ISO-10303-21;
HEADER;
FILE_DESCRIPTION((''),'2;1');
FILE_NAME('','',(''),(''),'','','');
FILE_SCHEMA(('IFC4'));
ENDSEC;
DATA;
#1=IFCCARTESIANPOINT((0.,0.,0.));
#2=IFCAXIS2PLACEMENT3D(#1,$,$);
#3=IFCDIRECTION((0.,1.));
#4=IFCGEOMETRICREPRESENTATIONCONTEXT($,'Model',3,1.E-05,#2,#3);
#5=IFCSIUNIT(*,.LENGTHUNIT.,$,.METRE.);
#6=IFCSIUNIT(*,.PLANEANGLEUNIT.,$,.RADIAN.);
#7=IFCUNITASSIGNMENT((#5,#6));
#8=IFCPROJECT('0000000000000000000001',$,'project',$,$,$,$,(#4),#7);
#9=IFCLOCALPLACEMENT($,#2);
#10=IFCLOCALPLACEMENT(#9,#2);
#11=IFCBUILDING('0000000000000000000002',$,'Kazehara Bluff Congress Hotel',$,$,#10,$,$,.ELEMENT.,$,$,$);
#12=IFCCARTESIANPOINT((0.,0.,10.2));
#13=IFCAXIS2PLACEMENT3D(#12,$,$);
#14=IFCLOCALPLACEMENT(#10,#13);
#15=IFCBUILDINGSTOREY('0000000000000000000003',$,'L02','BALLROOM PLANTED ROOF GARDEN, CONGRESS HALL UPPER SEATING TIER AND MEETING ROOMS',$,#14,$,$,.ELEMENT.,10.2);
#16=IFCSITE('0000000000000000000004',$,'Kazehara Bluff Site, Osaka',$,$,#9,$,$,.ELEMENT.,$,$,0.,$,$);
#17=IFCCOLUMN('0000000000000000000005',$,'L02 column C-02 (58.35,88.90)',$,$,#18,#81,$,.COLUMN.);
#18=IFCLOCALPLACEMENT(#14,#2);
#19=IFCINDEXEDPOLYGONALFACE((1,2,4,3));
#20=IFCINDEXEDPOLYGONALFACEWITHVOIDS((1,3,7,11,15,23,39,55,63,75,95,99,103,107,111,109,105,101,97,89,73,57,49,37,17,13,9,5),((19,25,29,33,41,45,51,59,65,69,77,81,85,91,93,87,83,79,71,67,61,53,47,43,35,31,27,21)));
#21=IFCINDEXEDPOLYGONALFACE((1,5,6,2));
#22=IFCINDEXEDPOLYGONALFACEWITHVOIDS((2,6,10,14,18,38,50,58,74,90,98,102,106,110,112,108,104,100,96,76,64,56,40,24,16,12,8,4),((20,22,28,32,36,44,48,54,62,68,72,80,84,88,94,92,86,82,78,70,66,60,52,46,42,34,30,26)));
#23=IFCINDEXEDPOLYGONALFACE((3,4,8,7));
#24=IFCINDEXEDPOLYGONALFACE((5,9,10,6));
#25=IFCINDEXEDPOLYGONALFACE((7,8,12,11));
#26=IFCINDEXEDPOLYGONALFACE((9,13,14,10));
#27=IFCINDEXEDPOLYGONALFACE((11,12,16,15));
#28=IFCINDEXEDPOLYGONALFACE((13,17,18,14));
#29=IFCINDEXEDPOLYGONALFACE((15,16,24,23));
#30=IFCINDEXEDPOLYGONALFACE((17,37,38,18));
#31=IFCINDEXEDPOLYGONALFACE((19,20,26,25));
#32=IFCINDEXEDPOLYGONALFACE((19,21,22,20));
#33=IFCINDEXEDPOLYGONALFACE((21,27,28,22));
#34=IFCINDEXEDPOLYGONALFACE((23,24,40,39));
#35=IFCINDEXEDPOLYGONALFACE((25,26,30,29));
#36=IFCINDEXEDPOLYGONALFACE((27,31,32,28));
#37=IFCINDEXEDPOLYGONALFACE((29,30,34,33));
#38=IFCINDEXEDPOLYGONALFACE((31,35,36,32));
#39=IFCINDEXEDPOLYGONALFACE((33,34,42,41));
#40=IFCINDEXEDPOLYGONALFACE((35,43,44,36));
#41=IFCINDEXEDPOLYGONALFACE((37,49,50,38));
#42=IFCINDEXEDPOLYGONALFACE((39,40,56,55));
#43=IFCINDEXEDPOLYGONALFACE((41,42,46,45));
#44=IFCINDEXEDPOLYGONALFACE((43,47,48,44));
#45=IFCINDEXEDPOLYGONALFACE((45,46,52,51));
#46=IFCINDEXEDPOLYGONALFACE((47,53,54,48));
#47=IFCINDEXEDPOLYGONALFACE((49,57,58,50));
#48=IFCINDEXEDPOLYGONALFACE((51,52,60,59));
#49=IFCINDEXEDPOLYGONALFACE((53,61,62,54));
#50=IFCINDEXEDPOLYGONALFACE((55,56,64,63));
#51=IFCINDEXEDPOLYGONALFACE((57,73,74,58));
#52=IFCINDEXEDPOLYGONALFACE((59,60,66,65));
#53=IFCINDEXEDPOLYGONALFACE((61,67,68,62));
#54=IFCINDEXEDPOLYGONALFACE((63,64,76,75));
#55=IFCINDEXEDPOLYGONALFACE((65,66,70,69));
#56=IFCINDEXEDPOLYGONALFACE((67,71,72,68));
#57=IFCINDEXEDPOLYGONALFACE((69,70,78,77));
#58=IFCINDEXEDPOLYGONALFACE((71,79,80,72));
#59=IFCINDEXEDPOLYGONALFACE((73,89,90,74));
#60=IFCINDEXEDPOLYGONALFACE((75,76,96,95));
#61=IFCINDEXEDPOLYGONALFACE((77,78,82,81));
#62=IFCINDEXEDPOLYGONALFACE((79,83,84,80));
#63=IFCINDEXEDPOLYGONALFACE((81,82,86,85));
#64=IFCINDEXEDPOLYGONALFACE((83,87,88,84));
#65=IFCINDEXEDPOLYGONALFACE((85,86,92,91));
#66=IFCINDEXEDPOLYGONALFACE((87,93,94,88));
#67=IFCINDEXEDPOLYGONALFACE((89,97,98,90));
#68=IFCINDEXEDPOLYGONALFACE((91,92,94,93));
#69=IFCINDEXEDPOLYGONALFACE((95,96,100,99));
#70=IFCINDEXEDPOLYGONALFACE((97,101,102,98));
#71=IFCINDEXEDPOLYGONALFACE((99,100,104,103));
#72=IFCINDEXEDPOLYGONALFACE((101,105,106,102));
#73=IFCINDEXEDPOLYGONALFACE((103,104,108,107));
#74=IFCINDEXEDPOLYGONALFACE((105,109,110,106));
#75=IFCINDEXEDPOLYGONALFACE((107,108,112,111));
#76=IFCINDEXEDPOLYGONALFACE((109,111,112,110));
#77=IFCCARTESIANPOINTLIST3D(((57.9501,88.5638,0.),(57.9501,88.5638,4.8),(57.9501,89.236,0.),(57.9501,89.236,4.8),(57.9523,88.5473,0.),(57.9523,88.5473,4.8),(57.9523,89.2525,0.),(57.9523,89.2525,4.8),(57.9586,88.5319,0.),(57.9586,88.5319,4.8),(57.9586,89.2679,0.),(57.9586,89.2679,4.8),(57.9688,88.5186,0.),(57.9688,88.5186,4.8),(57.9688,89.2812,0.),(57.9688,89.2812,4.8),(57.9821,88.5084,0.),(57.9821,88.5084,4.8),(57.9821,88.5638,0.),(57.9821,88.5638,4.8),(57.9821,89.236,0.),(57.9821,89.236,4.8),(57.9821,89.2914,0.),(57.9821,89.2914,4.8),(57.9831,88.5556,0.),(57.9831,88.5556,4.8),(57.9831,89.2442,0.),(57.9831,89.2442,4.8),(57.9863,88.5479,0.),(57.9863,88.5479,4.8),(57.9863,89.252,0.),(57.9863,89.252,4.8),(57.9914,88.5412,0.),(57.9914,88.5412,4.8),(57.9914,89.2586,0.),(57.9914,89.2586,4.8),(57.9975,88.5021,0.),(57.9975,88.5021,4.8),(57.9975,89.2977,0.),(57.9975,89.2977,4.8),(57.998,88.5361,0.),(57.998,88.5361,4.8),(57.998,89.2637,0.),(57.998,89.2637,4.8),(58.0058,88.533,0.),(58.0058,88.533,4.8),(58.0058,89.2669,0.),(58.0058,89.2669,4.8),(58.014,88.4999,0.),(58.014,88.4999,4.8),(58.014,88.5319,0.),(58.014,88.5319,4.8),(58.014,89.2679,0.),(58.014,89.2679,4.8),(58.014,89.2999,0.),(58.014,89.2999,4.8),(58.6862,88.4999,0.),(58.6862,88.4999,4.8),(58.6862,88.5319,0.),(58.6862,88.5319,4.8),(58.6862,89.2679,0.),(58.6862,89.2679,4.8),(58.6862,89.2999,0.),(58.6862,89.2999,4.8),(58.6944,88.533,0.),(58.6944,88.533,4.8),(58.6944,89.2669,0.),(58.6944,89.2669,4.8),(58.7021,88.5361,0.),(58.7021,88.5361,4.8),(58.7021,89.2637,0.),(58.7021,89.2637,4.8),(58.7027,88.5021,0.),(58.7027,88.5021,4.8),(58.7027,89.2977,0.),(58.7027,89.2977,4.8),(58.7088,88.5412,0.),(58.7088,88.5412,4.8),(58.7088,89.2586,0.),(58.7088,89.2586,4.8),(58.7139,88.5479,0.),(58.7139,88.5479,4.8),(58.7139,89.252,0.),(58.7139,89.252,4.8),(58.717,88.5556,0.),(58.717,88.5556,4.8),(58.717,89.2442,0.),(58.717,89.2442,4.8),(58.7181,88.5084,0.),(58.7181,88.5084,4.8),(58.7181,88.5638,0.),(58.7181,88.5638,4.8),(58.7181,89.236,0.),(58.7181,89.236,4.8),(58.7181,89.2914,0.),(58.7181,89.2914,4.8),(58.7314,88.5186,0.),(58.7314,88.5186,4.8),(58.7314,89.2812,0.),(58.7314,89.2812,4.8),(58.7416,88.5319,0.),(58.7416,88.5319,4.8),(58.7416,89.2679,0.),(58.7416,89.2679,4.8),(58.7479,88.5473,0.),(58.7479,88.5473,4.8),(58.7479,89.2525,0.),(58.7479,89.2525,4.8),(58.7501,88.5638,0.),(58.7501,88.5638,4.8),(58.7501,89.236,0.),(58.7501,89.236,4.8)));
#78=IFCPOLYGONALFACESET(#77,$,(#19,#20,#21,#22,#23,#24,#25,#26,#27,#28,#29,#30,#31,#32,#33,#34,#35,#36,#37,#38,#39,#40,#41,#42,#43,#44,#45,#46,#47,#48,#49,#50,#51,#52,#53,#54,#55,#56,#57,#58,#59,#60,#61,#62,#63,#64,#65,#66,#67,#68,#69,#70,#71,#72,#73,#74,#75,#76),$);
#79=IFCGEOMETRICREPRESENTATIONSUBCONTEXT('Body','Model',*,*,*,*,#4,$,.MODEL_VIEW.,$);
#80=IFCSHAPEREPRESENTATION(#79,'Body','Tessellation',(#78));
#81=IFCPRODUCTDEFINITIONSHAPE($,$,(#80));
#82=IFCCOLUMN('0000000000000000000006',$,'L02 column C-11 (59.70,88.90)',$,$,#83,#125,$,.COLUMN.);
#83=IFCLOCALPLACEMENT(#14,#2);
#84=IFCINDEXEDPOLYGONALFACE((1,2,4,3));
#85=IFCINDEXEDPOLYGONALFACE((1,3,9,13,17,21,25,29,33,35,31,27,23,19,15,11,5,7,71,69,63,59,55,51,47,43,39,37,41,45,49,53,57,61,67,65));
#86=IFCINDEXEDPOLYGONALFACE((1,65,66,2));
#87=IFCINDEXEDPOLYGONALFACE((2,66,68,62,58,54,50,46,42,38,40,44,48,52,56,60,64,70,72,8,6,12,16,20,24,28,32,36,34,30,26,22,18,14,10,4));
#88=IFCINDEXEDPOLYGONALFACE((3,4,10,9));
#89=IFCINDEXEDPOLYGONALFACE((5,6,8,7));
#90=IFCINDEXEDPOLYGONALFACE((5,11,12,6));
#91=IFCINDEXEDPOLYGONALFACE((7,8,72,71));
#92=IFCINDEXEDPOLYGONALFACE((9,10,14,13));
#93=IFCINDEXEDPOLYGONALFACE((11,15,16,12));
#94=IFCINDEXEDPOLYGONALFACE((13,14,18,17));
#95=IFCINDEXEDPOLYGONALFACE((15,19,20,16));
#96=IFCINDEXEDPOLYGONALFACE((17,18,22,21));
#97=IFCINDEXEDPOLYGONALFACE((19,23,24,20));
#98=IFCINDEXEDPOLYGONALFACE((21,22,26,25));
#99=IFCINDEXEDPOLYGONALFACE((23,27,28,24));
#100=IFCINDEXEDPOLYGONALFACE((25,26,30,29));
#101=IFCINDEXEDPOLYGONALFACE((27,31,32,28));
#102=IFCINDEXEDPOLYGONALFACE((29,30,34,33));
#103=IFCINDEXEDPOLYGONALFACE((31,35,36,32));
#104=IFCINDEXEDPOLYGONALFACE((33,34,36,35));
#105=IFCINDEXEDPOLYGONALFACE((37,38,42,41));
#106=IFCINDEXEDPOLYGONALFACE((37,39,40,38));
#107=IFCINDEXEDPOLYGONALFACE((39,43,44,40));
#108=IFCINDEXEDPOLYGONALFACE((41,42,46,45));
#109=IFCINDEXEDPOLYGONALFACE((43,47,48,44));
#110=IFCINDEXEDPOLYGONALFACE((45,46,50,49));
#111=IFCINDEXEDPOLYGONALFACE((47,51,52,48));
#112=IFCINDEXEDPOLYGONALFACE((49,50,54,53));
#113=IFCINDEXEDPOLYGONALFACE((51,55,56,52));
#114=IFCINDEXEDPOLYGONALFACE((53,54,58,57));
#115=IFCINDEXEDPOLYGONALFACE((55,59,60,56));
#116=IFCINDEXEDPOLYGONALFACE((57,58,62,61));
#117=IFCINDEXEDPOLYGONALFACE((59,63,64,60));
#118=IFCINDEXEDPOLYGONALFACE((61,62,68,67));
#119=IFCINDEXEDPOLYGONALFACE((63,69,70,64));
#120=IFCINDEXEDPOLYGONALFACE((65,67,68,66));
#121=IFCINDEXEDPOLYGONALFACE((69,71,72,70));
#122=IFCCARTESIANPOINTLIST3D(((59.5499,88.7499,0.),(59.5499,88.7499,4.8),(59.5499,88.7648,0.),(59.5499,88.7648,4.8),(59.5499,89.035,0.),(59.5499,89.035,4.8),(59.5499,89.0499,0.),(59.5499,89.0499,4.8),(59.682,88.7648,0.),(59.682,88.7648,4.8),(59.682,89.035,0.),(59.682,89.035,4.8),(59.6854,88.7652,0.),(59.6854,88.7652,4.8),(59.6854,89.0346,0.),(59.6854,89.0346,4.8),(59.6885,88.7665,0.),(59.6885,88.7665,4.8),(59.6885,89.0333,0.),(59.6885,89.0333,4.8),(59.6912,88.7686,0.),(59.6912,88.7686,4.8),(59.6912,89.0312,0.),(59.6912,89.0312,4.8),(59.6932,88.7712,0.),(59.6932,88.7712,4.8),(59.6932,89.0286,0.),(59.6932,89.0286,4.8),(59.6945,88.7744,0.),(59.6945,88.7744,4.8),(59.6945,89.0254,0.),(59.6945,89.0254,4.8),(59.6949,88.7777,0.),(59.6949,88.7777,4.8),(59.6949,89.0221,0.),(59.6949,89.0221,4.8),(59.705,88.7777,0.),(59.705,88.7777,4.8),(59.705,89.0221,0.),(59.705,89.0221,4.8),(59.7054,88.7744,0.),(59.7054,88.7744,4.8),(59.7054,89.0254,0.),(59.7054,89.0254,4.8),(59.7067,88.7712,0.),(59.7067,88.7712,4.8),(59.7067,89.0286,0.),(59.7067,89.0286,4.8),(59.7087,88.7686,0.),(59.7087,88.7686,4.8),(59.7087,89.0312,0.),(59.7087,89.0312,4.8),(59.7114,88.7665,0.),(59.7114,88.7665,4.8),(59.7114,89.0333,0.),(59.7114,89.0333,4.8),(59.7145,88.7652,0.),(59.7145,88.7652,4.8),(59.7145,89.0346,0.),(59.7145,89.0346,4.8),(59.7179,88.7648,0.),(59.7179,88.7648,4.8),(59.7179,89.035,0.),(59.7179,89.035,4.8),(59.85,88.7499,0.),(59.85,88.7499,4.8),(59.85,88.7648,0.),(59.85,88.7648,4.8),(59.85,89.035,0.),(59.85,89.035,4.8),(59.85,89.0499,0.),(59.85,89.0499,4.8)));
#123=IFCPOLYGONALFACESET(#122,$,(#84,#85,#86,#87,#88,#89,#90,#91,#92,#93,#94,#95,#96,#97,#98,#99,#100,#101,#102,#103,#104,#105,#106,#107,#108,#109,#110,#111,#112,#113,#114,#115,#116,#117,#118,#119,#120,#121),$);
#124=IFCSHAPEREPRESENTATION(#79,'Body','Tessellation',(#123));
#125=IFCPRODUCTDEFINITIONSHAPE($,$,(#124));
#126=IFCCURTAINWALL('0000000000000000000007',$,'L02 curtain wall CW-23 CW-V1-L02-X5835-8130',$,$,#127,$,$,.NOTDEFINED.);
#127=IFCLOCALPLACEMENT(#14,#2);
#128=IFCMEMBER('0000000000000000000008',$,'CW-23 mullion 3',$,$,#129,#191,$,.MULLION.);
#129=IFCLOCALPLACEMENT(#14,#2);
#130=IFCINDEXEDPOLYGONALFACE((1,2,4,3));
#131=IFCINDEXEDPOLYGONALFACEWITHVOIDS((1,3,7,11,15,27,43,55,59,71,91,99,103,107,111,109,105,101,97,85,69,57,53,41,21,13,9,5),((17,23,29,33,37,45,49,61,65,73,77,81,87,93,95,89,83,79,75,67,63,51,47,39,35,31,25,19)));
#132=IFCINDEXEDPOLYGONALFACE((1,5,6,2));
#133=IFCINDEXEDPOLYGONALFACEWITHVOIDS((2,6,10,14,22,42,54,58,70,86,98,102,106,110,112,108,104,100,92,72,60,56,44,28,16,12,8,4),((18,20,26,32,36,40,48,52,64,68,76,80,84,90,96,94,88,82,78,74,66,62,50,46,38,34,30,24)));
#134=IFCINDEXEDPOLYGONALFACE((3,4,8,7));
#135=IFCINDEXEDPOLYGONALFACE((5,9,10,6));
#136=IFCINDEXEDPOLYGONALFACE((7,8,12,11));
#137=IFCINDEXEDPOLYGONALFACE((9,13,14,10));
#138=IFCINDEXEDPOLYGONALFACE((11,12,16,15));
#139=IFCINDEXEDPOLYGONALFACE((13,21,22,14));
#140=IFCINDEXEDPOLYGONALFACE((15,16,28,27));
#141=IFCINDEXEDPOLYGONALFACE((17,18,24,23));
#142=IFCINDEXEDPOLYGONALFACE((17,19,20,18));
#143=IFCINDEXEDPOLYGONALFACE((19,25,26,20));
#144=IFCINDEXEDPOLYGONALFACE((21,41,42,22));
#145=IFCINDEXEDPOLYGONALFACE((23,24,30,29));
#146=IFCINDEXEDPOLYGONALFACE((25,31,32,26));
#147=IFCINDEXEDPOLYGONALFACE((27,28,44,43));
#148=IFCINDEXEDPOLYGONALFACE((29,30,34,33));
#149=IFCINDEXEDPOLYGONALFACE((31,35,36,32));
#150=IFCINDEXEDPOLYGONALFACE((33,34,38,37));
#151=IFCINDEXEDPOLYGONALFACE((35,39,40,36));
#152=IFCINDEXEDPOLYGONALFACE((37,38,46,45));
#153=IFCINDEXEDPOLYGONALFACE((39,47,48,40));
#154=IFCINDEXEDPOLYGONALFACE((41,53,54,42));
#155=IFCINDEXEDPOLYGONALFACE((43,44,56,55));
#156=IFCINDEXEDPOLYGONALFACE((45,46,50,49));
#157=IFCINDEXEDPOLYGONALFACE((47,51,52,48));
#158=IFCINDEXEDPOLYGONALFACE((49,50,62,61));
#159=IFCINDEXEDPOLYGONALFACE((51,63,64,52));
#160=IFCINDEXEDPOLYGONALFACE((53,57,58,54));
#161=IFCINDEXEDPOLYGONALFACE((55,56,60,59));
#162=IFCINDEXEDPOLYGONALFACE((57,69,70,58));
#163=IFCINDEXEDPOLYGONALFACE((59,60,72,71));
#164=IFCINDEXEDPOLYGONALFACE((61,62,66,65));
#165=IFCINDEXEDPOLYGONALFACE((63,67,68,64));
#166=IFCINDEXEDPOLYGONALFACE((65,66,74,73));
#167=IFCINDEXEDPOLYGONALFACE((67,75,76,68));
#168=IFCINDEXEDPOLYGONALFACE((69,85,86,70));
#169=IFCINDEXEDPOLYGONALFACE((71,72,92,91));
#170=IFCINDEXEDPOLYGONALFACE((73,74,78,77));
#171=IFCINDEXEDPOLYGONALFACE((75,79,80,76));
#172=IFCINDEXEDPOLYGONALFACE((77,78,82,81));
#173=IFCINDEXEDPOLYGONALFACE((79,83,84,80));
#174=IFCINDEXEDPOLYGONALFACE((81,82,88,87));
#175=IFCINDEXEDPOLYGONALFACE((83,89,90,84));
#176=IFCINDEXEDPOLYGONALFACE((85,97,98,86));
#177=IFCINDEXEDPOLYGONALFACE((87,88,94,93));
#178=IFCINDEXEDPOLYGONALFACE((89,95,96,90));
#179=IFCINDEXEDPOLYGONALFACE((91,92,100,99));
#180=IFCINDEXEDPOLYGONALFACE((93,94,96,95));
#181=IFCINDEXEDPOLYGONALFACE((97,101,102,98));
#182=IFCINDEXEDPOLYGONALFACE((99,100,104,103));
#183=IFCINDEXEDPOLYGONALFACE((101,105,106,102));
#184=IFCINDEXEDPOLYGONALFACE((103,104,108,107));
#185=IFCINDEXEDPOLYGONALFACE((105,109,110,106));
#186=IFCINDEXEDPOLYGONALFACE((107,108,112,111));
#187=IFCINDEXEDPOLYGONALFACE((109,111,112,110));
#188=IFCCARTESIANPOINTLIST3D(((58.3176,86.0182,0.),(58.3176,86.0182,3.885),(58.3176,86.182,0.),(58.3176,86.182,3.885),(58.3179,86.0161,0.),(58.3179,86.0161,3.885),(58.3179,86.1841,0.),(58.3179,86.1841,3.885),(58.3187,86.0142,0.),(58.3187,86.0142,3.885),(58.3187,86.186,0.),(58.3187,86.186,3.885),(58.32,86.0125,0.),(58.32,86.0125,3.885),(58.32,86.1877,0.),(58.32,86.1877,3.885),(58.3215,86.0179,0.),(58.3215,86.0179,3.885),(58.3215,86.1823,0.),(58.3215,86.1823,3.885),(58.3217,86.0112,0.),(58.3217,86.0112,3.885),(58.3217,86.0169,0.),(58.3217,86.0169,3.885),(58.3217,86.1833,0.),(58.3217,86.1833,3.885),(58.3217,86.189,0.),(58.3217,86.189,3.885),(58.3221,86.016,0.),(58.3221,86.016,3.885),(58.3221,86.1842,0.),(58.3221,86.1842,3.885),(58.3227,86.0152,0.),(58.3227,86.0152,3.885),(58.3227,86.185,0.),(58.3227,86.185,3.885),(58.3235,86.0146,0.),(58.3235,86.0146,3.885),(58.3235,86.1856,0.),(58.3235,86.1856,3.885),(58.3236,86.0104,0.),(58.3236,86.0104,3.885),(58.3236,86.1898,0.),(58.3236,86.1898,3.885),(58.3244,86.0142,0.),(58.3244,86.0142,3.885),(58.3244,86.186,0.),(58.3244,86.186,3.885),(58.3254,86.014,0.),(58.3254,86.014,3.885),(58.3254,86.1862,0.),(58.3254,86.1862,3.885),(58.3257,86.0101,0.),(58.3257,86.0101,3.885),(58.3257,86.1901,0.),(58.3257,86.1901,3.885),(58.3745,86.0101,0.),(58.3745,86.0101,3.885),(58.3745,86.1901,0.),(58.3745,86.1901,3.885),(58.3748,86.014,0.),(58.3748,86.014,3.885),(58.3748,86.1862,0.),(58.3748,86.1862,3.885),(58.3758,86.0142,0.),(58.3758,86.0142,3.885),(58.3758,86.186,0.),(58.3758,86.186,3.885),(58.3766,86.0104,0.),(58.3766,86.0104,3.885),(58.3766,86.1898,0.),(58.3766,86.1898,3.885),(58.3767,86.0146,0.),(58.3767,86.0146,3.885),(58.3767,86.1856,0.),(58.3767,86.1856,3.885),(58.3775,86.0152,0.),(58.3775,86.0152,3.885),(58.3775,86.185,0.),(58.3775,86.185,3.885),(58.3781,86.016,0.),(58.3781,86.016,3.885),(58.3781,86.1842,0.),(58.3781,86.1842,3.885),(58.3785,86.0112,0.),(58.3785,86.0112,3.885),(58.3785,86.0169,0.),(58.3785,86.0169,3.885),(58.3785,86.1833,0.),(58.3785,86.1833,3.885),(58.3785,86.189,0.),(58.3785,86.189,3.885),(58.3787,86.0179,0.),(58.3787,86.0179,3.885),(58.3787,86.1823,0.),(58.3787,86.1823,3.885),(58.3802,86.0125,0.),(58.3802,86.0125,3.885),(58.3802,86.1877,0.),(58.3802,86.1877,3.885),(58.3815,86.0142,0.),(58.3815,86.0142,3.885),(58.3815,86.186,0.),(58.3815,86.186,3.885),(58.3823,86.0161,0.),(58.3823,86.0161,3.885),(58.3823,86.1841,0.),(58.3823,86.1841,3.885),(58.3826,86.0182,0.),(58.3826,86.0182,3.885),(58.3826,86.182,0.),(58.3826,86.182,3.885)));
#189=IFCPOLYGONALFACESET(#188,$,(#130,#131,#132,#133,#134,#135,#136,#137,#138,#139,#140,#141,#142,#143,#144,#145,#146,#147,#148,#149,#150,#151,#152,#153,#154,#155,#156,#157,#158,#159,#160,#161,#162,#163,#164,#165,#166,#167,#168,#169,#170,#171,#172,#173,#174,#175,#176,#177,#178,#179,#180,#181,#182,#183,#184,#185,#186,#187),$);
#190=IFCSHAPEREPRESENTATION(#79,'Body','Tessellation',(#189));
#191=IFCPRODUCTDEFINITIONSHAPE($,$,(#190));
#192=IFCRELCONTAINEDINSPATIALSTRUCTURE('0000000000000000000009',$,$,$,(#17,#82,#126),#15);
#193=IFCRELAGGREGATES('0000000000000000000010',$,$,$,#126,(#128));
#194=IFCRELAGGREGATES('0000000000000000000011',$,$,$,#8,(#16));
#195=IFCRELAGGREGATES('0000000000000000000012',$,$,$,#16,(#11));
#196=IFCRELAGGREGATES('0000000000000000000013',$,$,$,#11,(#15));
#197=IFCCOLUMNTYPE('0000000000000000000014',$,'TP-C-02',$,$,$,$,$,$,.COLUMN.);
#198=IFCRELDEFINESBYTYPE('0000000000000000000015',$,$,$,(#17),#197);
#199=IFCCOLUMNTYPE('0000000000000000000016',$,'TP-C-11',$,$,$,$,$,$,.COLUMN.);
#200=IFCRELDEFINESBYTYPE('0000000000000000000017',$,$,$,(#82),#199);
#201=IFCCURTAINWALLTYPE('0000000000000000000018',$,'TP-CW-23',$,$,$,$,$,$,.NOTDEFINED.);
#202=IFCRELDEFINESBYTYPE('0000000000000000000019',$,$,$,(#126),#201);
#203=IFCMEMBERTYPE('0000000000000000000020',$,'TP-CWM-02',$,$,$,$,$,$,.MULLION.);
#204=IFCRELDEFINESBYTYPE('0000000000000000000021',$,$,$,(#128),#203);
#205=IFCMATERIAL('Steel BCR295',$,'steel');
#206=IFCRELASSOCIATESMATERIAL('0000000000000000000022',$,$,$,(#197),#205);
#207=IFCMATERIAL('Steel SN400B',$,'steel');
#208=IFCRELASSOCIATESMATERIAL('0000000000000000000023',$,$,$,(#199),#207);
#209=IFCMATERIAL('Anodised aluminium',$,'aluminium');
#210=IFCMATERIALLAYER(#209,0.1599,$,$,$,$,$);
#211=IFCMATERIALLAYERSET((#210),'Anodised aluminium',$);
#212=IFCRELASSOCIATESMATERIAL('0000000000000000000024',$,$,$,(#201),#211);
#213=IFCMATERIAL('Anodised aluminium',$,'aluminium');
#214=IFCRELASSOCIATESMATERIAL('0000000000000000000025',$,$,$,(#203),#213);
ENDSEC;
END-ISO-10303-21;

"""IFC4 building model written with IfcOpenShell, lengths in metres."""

from ifc_helpers import new_model, si_unit, direction, frame, origin, origin_2d, place, context, subcontext, project, spatial, hollow_rectangle, i_section, extrude, material, layer, layer_set, material_profile, profile_set, type_object, element, aggregate, save


model = new_model("IFC4")

# Units and contexts
model_context = context("Model", 3, precision=1e-05, world=origin(), true_north=direction((0.0, 1.0)))
body_context = subcontext(model_context, "Body", "Model", "MODEL_VIEW")
ifc_project = project(units=[si_unit("LENGTHUNIT", "METRE"), si_unit("PLANEANGLEUNIT", "RADIAN")], contexts=[model_context])

# Site, building, storey
site_placement = place(None, origin())
site = spatial("IfcSite", under=ifc_project, at=site_placement, Name="Kazehara Bluff Site, Osaka", CompositionType="ELEMENT", RefElevation=0.0)
building_placement = place(site_placement, origin())
building = spatial("IfcBuilding", under=site, at=building_placement, Name="Kazehara Bluff Congress Hotel", CompositionType="ELEMENT")
storey_placement = place(building_placement, frame((0.0, 0.0, 10.2)))
storey = spatial("IfcBuildingStorey", under=building, at=storey_placement, Name="L02", Description="BALLROOM PLANTED ROOF GARDEN, CONGRESS HALL UPPER SEATING TIER AND MEETING ROOMS", CompositionType="ELEMENT", Elevation=10.2)

# Columns
ifc_material_1 = material(Name="Steel BCR295", Category="steel")
ifc_material_profile_1 = material_profile(ifc_material_1, hollow_rectangle(XDim=0.8, YDim=0.8, WallThickness=0.032, InnerFilletRadius=0.032, OuterFilletRadius=0.064, at=origin_2d()))
ifc_profile_set_1 = profile_set([ifc_material_profile_1], Name="Steel BCR295")
column_type_1 = type_object("IfcColumnType", Name="TP-C-02", PredefinedType="COLUMN", material=ifc_profile_set_1)
column_1_placement = place(storey_placement, frame((58.3501, 88.8999, 0.0), z_axis=(0.0, 0.0, 1.0), x_axis=(1.0, 0.0, 0.0)))
element("IfcColumn", 1, at=column_1_placement, inside=storey, type_object=column_type_1, Name="L02 column C-02 (58.35,88.90)", PredefinedType="COLUMN", context=body_context, shape_type="SweptSolid", body=[
    extrude(hollow_rectangle(XDim=0.8, YDim=0.8, WallThickness=0.032, InnerFilletRadius=0.032, OuterFilletRadius=0.064, at=origin_2d()), origin(), (0.0, 0.0, 1.0), 4.8),
])
ifc_material_2 = material(Name="Steel SN400B", Category="steel")
ifc_material_profile_2 = material_profile(ifc_material_2, i_section(OverallWidth=0.3, OverallDepth=0.3, WebThickness=0.01, FlangeThickness=0.0149, FilletRadius=0.0129, at=origin_2d()))
ifc_profile_set_2 = profile_set([ifc_material_profile_2], Name="Steel SN400B")
column_type_2 = type_object("IfcColumnType", Name="TP-C-11", PredefinedType="COLUMN", material=ifc_profile_set_2)
column_2_placement = place(storey_placement, frame((59.7, 88.8999, 0.0), z_axis=(0.0, 0.0, 1.0), x_axis=(1.0, 0.0, 0.0)))
element("IfcColumn", 2, at=column_2_placement, inside=storey, type_object=column_type_2, Name="L02 column C-11 (59.70,88.90)", PredefinedType="COLUMN", context=body_context, shape_type="SweptSolid", body=[
    extrude(i_section(OverallWidth=0.3, OverallDepth=0.3, WebThickness=0.01, FlangeThickness=0.0149, FilletRadius=0.0129, at=origin_2d()), origin(), (0.0, 0.0, 1.0), 4.8),
])

# Curtain wall, member
ifc_material_3 = material(Name="Anodised aluminium", Category="aluminium")
ifc_layer_1 = layer(ifc_material_3, 0.1599)
ifc_layer_set_1 = layer_set([ifc_layer_1], Name="Anodised aluminium")
curtain_wall_type = type_object("IfcCurtainWallType", Name="TP-CW-23", PredefinedType="NOTDEFINED", material=ifc_layer_set_1)
curtain_wall_1_placement = place(storey_placement, origin())
curtain_wall_1 = element("IfcCurtainWall", 3, at=curtain_wall_1_placement, inside=storey, type_object=curtain_wall_type, Name="L02 curtain wall CW-23 CW-V1-L02-X5835-8130", PredefinedType="NOTDEFINED")
ifc_material_4 = material(Name="Anodised aluminium", Category="aluminium")
ifc_material_profile_3 = material_profile(ifc_material_4, hollow_rectangle(XDim=0.0649, YDim=0.1799, WallThickness=0.0039, InnerFilletRadius=0.0039, OuterFilletRadius=0.0081, at=origin_2d()))
ifc_profile_set_3 = profile_set([ifc_material_profile_3], Name="Anodised aluminium")
member_type_1 = type_object("IfcMemberType", Name="TP-CWM-02", PredefinedType="MULLION", material=ifc_profile_set_3)
member_1_placement = place(storey_placement, frame((58.3501, 86.1001, 0.0), z_axis=(0.0, 0.0, 1.0), x_axis=(-1.0, 0.0, 0.0)))
member_1 = element("IfcMember", 4, at=member_1_placement, type_object=member_type_1, Name="CW-23 mullion 3", PredefinedType="MULLION", context=body_context, shape_type="SweptSolid", body=[
    extrude(hollow_rectangle(XDim=0.0649, YDim=0.1799, WallThickness=0.0039, InnerFilletRadius=0.0039, OuterFilletRadius=0.0081, at=origin_2d()), origin(), (0.0, 0.0, 1.0), 3.885),
])

aggregate(curtain_wall_1, [member_1])

save(model, "model.ifc")
